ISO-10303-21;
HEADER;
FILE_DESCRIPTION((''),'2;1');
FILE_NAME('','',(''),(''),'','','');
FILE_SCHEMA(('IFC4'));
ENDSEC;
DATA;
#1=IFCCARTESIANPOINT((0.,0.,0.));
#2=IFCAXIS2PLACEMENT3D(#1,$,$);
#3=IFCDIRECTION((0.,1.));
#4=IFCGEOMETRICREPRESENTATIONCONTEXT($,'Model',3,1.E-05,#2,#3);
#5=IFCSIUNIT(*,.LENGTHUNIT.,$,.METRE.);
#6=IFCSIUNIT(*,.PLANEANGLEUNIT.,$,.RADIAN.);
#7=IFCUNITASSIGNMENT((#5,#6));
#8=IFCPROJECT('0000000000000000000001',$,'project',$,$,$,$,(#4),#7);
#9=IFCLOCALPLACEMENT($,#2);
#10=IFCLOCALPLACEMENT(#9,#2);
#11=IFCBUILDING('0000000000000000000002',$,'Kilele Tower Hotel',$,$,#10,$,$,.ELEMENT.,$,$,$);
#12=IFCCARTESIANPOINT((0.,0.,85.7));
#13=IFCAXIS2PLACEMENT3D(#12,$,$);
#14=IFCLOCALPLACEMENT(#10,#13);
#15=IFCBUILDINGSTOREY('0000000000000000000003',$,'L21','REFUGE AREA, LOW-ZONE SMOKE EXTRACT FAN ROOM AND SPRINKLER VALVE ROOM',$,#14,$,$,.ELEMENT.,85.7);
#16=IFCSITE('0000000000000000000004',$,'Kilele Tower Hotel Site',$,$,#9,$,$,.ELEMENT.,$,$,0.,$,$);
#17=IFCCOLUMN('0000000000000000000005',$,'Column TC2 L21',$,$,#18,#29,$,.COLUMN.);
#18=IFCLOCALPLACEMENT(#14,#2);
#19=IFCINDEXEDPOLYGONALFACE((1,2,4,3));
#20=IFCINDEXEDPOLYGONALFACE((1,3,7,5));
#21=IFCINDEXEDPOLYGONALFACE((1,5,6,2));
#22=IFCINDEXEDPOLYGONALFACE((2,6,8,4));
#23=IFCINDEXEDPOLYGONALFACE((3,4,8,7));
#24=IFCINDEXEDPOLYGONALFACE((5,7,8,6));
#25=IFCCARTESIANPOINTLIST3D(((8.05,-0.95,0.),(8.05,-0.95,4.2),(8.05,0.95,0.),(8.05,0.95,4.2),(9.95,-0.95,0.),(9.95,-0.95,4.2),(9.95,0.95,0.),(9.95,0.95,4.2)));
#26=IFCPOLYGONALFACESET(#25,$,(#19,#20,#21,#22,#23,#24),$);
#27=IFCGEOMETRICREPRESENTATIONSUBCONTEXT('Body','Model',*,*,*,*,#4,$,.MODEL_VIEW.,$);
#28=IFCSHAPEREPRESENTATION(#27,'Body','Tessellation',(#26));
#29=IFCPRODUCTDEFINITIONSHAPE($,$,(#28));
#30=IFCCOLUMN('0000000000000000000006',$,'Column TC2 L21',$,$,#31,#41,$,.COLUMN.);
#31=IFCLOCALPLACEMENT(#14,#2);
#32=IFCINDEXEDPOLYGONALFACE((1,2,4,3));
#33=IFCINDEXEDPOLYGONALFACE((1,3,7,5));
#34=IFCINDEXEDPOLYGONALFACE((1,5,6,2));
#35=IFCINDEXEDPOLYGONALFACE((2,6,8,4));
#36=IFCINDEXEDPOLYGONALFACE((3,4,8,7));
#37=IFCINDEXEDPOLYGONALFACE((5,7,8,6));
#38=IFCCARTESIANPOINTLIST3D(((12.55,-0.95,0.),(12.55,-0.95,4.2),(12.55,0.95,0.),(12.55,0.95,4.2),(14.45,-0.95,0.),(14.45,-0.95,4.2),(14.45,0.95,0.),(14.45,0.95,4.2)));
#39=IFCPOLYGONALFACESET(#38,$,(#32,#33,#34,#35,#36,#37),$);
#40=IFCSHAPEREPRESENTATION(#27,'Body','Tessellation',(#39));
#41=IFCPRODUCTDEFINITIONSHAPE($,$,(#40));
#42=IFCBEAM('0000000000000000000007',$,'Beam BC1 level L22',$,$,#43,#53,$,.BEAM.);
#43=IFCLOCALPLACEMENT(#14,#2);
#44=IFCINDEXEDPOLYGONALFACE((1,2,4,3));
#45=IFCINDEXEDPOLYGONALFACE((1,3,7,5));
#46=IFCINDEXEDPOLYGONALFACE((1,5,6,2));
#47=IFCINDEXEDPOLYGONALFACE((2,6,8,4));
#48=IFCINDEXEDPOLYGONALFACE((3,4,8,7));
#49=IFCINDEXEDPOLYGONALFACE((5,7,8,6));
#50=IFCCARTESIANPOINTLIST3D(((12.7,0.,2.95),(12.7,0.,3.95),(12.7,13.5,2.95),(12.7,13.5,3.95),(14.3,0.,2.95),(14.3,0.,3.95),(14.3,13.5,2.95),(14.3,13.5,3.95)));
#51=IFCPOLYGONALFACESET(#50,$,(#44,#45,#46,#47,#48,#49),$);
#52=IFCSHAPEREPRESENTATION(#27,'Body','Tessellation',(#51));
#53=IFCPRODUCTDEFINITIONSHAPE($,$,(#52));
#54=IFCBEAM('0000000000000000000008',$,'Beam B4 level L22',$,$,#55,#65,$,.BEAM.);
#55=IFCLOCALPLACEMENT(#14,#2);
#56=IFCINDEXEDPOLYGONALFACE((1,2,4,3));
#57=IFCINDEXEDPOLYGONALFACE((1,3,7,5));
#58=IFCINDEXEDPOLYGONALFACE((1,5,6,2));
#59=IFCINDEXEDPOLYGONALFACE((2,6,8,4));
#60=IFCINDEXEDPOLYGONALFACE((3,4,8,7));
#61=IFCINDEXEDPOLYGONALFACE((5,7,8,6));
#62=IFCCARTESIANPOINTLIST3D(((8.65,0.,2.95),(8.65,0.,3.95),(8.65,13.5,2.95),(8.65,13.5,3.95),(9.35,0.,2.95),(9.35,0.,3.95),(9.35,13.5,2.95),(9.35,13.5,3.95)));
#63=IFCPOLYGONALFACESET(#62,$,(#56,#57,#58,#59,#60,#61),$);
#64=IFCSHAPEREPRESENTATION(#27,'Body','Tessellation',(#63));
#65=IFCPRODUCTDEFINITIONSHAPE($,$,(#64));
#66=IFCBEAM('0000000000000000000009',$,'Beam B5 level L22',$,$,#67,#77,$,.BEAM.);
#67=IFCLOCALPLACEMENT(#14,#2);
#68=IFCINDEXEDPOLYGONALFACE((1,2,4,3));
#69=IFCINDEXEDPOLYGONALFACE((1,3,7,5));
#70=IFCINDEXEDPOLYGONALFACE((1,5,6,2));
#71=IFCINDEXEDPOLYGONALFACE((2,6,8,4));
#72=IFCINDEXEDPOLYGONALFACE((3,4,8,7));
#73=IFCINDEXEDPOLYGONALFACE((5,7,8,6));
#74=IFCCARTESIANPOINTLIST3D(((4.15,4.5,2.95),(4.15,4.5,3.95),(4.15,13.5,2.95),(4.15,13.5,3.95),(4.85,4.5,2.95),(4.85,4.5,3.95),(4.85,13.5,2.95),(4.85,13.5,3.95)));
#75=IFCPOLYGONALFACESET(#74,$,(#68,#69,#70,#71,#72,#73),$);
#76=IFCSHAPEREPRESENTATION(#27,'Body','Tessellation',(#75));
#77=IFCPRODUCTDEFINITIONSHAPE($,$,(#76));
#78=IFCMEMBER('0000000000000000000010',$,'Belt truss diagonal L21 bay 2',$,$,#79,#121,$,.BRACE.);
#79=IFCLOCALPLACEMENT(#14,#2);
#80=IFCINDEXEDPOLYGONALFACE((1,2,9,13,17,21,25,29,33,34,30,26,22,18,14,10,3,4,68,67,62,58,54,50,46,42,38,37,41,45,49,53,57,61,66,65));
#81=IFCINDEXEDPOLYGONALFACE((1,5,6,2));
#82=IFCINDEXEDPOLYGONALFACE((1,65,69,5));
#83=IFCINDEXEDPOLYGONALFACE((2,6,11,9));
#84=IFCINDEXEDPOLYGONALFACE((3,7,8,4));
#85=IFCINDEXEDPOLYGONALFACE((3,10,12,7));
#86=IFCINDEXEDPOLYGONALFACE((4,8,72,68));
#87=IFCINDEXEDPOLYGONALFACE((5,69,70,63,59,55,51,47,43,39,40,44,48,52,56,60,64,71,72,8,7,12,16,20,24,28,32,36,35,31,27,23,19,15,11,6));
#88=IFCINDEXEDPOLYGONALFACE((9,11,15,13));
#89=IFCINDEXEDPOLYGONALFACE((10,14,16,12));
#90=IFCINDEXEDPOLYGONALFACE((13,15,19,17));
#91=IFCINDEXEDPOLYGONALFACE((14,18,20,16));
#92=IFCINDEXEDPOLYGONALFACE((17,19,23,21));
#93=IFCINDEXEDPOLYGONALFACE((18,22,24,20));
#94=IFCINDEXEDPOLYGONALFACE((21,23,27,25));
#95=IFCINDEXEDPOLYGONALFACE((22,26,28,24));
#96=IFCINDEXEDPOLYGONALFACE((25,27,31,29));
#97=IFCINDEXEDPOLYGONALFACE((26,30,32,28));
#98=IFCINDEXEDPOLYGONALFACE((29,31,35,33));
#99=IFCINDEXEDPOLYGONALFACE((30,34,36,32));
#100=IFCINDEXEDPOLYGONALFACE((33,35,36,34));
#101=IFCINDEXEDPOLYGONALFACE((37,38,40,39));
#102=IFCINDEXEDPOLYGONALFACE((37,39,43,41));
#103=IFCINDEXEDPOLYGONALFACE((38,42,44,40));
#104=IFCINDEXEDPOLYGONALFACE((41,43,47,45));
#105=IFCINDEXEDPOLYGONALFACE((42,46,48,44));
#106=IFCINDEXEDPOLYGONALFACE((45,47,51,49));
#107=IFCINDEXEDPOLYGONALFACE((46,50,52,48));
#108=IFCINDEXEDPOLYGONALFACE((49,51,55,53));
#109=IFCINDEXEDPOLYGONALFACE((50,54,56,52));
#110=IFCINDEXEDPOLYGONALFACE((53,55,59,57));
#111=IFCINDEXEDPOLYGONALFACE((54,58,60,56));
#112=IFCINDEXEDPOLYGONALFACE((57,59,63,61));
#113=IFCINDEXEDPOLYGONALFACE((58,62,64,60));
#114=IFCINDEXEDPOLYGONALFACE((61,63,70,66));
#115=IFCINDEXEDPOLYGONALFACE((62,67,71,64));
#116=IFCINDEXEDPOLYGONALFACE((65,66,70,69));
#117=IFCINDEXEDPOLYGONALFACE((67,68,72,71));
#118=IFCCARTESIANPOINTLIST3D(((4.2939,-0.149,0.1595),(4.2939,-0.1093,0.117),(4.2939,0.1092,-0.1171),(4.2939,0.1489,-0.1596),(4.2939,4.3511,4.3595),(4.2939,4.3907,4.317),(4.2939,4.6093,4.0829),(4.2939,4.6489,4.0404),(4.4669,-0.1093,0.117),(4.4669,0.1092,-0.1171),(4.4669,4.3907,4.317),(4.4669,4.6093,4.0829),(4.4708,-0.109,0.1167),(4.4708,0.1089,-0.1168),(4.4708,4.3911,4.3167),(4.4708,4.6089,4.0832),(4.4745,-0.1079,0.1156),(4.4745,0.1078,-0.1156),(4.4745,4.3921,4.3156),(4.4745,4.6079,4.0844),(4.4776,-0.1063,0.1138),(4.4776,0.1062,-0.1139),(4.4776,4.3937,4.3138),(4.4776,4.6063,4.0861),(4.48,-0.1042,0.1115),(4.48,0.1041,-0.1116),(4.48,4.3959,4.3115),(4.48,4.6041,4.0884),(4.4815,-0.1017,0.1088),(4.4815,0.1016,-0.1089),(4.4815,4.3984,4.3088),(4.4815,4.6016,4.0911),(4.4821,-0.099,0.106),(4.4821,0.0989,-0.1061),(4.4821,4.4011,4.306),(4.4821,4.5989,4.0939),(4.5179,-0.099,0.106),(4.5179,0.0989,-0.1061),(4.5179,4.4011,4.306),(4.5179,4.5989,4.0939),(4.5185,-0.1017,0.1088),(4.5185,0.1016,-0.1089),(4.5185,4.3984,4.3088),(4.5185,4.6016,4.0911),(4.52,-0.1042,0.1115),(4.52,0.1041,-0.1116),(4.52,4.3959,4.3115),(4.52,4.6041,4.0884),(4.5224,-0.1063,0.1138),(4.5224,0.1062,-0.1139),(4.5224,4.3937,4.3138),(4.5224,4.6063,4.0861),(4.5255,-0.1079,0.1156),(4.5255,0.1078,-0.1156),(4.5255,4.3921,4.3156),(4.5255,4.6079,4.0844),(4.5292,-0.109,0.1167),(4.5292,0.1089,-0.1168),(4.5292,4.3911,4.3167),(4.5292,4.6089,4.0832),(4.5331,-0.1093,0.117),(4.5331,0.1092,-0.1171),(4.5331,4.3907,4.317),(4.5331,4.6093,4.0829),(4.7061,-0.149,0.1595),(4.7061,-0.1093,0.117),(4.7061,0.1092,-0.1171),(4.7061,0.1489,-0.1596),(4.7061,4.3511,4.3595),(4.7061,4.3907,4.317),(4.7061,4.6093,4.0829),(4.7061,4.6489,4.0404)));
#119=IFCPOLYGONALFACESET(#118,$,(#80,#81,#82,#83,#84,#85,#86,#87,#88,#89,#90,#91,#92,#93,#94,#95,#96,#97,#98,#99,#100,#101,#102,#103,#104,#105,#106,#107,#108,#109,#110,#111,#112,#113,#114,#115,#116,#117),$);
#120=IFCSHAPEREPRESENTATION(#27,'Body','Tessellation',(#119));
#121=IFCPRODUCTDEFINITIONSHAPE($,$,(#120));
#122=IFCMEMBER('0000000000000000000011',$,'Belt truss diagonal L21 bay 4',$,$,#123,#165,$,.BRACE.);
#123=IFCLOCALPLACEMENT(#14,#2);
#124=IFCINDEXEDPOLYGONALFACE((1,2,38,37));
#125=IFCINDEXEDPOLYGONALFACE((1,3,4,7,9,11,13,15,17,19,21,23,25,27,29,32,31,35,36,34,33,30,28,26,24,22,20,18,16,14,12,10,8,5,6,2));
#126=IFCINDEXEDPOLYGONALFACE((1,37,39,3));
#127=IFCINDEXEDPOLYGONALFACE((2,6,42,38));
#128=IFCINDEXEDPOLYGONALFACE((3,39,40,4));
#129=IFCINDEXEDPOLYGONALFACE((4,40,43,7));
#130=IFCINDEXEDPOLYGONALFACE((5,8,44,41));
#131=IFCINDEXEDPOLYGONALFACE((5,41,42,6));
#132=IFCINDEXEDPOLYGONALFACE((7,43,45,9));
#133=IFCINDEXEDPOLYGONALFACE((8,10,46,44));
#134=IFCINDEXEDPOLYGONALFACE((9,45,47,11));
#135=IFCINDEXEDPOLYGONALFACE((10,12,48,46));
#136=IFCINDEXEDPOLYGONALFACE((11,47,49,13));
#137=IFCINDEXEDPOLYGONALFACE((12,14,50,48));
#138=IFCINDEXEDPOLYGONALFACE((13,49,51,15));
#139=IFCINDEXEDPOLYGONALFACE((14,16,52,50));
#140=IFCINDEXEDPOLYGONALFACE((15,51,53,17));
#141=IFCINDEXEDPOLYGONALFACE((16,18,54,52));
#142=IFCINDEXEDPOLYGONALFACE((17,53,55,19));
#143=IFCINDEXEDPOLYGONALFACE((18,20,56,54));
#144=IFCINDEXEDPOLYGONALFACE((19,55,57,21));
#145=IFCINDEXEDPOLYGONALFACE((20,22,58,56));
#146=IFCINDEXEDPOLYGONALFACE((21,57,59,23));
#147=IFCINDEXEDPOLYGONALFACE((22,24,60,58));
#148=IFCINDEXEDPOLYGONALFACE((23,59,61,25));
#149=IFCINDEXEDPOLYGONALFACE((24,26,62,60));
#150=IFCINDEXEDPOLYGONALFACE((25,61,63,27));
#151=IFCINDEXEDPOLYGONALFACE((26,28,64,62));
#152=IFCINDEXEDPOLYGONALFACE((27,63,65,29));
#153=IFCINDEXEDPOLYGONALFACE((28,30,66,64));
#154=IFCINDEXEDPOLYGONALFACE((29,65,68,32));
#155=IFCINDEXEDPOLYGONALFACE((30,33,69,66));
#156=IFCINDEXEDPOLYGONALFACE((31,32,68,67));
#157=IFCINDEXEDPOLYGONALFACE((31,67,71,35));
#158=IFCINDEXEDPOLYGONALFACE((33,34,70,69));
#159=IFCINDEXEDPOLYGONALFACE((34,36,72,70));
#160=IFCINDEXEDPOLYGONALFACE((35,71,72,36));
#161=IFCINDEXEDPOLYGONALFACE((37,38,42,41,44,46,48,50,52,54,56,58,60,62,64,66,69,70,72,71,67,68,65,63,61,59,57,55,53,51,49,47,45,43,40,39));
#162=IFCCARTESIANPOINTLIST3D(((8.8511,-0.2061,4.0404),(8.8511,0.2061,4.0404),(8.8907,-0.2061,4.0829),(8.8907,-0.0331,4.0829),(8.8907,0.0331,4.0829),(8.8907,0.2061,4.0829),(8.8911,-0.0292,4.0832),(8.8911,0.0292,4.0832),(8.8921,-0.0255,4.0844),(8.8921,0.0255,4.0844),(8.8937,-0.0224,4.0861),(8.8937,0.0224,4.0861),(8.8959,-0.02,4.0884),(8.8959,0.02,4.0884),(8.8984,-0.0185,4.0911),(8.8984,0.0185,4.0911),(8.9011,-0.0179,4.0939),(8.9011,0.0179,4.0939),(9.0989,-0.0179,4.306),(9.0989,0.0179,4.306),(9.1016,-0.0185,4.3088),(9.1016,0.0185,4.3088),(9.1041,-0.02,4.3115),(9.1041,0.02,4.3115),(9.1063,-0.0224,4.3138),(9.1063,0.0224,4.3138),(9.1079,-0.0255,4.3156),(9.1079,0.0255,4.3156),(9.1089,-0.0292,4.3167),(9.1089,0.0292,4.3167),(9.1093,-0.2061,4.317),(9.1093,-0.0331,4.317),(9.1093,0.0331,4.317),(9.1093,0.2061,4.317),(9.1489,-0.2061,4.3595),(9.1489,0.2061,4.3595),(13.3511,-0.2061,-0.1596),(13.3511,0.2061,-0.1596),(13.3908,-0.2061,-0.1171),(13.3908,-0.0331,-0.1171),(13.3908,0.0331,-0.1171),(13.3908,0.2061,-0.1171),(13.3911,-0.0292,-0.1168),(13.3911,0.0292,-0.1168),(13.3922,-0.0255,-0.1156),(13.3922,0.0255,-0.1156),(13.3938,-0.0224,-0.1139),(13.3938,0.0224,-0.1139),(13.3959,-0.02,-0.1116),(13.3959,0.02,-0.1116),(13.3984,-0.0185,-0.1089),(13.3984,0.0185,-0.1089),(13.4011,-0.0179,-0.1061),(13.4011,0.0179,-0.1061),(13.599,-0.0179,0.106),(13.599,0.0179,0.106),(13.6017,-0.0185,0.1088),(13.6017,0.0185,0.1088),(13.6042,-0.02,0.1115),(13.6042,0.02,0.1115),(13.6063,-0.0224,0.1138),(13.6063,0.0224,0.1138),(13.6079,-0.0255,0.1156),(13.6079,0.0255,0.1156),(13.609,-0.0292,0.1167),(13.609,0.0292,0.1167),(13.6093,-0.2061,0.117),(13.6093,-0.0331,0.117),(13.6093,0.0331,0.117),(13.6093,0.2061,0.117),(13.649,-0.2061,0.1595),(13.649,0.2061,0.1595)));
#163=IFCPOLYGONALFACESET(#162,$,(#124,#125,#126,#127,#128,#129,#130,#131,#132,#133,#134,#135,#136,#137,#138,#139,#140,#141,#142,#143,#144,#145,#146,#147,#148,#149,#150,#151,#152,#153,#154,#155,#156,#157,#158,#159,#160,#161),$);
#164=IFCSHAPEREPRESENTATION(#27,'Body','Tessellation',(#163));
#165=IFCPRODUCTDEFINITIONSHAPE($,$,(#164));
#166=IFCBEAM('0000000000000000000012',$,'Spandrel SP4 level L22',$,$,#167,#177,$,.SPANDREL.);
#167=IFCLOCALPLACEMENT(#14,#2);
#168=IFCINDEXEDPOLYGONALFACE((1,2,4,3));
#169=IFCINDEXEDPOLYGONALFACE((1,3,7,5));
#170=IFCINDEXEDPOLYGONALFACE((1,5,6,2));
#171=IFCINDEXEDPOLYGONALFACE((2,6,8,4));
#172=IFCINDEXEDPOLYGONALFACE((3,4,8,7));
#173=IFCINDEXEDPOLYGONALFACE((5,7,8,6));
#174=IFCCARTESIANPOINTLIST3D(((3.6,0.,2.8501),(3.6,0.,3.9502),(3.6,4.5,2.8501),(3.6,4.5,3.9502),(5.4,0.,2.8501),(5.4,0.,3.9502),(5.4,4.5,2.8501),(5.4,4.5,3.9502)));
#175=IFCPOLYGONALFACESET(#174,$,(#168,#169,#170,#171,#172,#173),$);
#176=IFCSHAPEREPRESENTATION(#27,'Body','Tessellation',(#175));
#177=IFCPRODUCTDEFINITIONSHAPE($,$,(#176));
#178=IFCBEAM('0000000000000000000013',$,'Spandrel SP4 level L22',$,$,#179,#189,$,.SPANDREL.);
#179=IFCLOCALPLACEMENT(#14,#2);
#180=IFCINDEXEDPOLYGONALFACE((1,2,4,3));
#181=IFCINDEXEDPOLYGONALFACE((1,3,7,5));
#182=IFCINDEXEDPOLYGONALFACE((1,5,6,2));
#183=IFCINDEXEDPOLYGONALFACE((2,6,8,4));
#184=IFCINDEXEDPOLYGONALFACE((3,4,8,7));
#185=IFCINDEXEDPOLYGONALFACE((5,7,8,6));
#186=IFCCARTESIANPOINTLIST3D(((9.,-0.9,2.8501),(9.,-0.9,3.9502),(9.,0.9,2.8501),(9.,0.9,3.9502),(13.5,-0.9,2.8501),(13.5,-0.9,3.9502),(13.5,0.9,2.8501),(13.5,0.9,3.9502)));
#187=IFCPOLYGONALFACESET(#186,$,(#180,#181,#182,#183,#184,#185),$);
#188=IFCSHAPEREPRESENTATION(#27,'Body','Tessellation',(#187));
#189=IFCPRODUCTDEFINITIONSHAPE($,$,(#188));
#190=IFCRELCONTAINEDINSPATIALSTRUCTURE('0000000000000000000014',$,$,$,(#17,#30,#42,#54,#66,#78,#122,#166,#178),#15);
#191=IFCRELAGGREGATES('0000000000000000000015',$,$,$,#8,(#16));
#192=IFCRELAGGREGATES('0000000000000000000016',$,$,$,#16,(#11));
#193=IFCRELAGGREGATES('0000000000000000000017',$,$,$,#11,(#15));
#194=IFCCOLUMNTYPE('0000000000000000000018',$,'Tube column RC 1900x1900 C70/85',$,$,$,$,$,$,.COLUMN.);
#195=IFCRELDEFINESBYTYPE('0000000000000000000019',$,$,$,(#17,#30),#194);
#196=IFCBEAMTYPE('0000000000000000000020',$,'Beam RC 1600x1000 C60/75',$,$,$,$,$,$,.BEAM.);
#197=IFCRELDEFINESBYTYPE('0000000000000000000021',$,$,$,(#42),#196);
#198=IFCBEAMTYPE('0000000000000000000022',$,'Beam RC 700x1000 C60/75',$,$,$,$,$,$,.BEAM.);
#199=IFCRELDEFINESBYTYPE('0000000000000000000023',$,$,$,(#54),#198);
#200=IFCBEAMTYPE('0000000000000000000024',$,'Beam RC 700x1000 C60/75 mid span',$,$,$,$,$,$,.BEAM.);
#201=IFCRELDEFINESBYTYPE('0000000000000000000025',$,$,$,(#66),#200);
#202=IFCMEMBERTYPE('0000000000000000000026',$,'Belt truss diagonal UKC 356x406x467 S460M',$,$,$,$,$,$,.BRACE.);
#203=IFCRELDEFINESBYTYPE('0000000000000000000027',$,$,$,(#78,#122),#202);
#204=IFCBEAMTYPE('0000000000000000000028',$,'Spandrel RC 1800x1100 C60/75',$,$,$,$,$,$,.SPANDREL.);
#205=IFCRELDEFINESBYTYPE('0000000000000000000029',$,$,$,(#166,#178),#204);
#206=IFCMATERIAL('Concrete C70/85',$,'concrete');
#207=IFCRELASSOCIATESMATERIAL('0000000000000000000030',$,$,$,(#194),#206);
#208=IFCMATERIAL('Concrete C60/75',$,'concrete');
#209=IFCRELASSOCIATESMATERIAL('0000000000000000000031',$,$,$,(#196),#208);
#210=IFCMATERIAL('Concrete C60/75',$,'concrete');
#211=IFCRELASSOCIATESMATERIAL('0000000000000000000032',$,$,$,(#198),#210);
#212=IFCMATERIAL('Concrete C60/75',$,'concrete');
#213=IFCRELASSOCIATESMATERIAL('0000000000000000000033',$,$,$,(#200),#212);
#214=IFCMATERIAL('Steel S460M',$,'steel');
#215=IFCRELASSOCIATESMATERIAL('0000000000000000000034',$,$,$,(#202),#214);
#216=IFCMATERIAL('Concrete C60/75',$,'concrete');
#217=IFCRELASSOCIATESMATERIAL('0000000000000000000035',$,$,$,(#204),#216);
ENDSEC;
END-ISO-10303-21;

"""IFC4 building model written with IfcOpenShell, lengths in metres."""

from ifc_helpers import new_model, si_unit, direction, frame, origin, origin_2d, place, context, subcontext, project, spatial, rectangle, i_section, extrude, material, material_profile, profile_set, type_object, element, save


model = new_model("IFC4")

# Units and contexts
model_context = context("Model", 3, precision=1e-05, world=origin(), true_north=direction((0.0, 1.0)))
body_context = subcontext(model_context, "Body", "Model", "MODEL_VIEW")
ifc_project = project(units=[si_unit("LENGTHUNIT", "METRE"), si_unit("PLANEANGLEUNIT", "RADIAN")], contexts=[model_context])

# Site, building, storey
site_placement = place(None, origin())
site = spatial("IfcSite", under=ifc_project, at=site_placement, Name="Kilele Tower Hotel Site", CompositionType="ELEMENT", RefElevation=0.0)
building_placement = place(site_placement, origin())
building = spatial("IfcBuilding", under=site, at=building_placement, Name="Kilele Tower Hotel", CompositionType="ELEMENT")
storey_placement = place(building_placement, frame((0.0, 0.0, 85.7)))
storey = spatial("IfcBuildingStorey", under=building, at=storey_placement, Name="L21", Description="REFUGE AREA, LOW-ZONE SMOKE EXTRACT FAN ROOM AND SPRINKLER VALVE ROOM", CompositionType="ELEMENT", Elevation=85.7)

# Columns
ifc_material_1 = material(Name="Concrete C70/85", Category="concrete")
ifc_material_profile_1 = material_profile(ifc_material_1, rectangle(XDim=1.8999, YDim=1.8999, at=origin_2d()))
ifc_profile_set_1 = profile_set([ifc_material_profile_1], Name="Concrete C70/85")
column_type = type_object("IfcColumnType", Name="Tube column RC 1900x1900 C70/85", PredefinedType="COLUMN", material=ifc_profile_set_1)
for number, where, z_axis, x_axis, name in (
    (1, (9.0, 0.0, 0.0), (0.0, 0.0, 1.0), (1.0, 0.0, 0.0), "Column TC2 L21"),
    (2, (13.5, 0.0, 0.0), (0.0, 0.0, 1.0), (1.0, 0.0, 0.0), "Column TC2 L21"),
):
    element("IfcColumn", number, at=place(storey_placement, frame(where, z_axis=z_axis, x_axis=x_axis)), inside=storey, type_object=column_type, Name=name, PredefinedType="COLUMN", context=body_context, shape_type="SweptSolid", body=[
        extrude(rectangle(XDim=1.8999, YDim=1.8999, at=origin_2d()), origin(), (0.0, 0.0, 1.0), 4.2),
    ])

# Beams
ifc_material_2 = material(Name="Concrete C60/75", Category="concrete")
ifc_material_profile_2 = material_profile(ifc_material_2, rectangle(XDim=1.6001, YDim=1.0, at=origin_2d()))
ifc_profile_set_2 = profile_set([ifc_material_profile_2], Name="Concrete C60/75")
beam_type_1 = type_object("IfcBeamType", Name="Beam RC 1600x1000 C60/75", PredefinedType="BEAM", material=ifc_profile_set_2)
beam_1_placement = place(storey_placement, frame((13.5, 0.0, 3.45), z_axis=(0.0, 1.0, 0.0), x_axis=(-1.0, 0.0, 0.0)))
element("IfcBeam", 3, at=beam_1_placement, inside=storey, type_object=beam_type_1, Name="Beam BC1 level L22", PredefinedType="BEAM", context=body_context, shape_type="SweptSolid", body=[
    extrude(rectangle(XDim=1.6001, YDim=1.0, at=origin_2d()), origin(), (0.0, 0.0, 1.0), 13.5),
])
ifc_material_3 = material(Name="Concrete C60/75", Category="concrete")
ifc_material_profile_3 = material_profile(ifc_material_3, rectangle(XDim=0.7, YDim=1.0, at=origin_2d()))
ifc_profile_set_3 = profile_set([ifc_material_profile_3], Name="Concrete C60/75")
beam_type_2 = type_object("IfcBeamType", Name="Beam RC 700x1000 C60/75", PredefinedType="BEAM", material=ifc_profile_set_3)
beam_2_placement = place(storey_placement, frame((9.0, 0.0, 3.45), z_axis=(0.0, 1.0, 0.0), x_axis=(-1.0, 0.0, 0.0)))
element("IfcBeam", 4, at=beam_2_placement, inside=storey, type_object=beam_type_2, Name="Beam B4 level L22", PredefinedType="BEAM", context=body_context, shape_type="SweptSolid", body=[
    extrude(rectangle(XDim=0.7, YDim=1.0, at=origin_2d()), origin(), (0.0, 0.0, 1.0), 13.5),
])
ifc_material_4 = material(Name="Concrete C60/75", Category="concrete")
ifc_material_profile_4 = material_profile(ifc_material_4, rectangle(XDim=0.7, YDim=1.0, at=origin_2d()))
ifc_profile_set_4 = profile_set([ifc_material_profile_4], Name="Concrete C60/75")
beam_type_3 = type_object("IfcBeamType", Name="Beam RC 700x1000 C60/75 mid span", PredefinedType="BEAM", material=ifc_profile_set_4)
beam_3_placement = place(storey_placement, frame((4.5, 4.5, 3.45), z_axis=(0.0, 1.0, 0.0), x_axis=(-1.0, 0.0, 0.0)))
element("IfcBeam", 5, at=beam_3_placement, inside=storey, type_object=beam_type_3, Name="Beam B5 level L22", PredefinedType="BEAM", context=body_context, shape_type="SweptSolid", body=[
    extrude(rectangle(XDim=0.7, YDim=1.0, at=origin_2d()), origin(), (0.0, 0.0, 1.0), 9.0),
])

# Members
ifc_material_5 = material(Name="Steel S460M", Category="steel")
ifc_material_profile_5 = material_profile(ifc_material_5, i_section(OverallWidth=0.4121, OverallDepth=0.4365, WebThickness=0.0359, FlangeThickness=0.0581, FilletRadius=0.0151, at=origin_2d()))
ifc_profile_set_5 = profile_set([ifc_material_profile_5], Name="Steel S460M")
member_type = type_object("IfcMemberType", Name="Belt truss diagonal UKC 356x406x467 S460M", PredefinedType="BRACE", material=ifc_profile_set_5)
for number, where, z_axis, x_axis, name in (
    (6, (4.5, 4.5, 4.2), (0.0, -0.731059, -0.682314), (1.0, 0.0, 0.0), "Belt truss diagonal L21 bay 2"),
    (7, (9.0, 0.0, 4.2), (0.731059, 0.0, -0.682314), (0.0, 1.0, 0.0), "Belt truss diagonal L21 bay 4"),
):
    element("IfcMember", number, at=place(storey_placement, frame(where, z_axis=z_axis, x_axis=x_axis)), inside=storey, type_object=member_type, Name=name, PredefinedType="BRACE", context=body_context, shape_type="SweptSolid", body=[
        extrude(i_section(OverallWidth=0.4121, OverallDepth=0.4365, WebThickness=0.0359, FlangeThickness=0.0581, FilletRadius=0.0151, at=origin_2d()), origin(), (0.0, 0.0, 1.0), 6.1555),
    ])

# Beams
ifc_material_6 = material(Name="Concrete C60/75", Category="concrete")
ifc_material_profile_6 = material_profile(ifc_material_6, rectangle(XDim=1.8, YDim=1.1001, at=origin_2d()))
ifc_profile_set_6 = profile_set([ifc_material_profile_6], Name="Concrete C60/75")
beam_type_4 = type_object("IfcBeamType", Name="Spandrel RC 1800x1100 C60/75", PredefinedType="SPANDREL", material=ifc_profile_set_6)
for number, where, z_axis, x_axis, name in (
    (8, (4.5, 4.5, 3.4001), (0.0, -1.0, 0.0), (1.0, 0.0, 0.0), "Spandrel SP4 level L22"),
    (9, (9.0, 0.0, 3.4001), (1.0, 0.0, 0.0), (0.0, 1.0, 0.0), "Spandrel SP4 level L22"),
):
    element("IfcBeam", number, at=place(storey_placement, frame(where, z_axis=z_axis, x_axis=x_axis)), inside=storey, type_object=beam_type_4, Name=name, PredefinedType="SPANDREL", context=body_context, shape_type="SweptSolid", body=[
        extrude(rectangle(XDim=1.8, YDim=1.1001, at=origin_2d()), origin(), (0.0, 0.0, 1.0), 4.5),
    ])

save(model, "model.ifc")
